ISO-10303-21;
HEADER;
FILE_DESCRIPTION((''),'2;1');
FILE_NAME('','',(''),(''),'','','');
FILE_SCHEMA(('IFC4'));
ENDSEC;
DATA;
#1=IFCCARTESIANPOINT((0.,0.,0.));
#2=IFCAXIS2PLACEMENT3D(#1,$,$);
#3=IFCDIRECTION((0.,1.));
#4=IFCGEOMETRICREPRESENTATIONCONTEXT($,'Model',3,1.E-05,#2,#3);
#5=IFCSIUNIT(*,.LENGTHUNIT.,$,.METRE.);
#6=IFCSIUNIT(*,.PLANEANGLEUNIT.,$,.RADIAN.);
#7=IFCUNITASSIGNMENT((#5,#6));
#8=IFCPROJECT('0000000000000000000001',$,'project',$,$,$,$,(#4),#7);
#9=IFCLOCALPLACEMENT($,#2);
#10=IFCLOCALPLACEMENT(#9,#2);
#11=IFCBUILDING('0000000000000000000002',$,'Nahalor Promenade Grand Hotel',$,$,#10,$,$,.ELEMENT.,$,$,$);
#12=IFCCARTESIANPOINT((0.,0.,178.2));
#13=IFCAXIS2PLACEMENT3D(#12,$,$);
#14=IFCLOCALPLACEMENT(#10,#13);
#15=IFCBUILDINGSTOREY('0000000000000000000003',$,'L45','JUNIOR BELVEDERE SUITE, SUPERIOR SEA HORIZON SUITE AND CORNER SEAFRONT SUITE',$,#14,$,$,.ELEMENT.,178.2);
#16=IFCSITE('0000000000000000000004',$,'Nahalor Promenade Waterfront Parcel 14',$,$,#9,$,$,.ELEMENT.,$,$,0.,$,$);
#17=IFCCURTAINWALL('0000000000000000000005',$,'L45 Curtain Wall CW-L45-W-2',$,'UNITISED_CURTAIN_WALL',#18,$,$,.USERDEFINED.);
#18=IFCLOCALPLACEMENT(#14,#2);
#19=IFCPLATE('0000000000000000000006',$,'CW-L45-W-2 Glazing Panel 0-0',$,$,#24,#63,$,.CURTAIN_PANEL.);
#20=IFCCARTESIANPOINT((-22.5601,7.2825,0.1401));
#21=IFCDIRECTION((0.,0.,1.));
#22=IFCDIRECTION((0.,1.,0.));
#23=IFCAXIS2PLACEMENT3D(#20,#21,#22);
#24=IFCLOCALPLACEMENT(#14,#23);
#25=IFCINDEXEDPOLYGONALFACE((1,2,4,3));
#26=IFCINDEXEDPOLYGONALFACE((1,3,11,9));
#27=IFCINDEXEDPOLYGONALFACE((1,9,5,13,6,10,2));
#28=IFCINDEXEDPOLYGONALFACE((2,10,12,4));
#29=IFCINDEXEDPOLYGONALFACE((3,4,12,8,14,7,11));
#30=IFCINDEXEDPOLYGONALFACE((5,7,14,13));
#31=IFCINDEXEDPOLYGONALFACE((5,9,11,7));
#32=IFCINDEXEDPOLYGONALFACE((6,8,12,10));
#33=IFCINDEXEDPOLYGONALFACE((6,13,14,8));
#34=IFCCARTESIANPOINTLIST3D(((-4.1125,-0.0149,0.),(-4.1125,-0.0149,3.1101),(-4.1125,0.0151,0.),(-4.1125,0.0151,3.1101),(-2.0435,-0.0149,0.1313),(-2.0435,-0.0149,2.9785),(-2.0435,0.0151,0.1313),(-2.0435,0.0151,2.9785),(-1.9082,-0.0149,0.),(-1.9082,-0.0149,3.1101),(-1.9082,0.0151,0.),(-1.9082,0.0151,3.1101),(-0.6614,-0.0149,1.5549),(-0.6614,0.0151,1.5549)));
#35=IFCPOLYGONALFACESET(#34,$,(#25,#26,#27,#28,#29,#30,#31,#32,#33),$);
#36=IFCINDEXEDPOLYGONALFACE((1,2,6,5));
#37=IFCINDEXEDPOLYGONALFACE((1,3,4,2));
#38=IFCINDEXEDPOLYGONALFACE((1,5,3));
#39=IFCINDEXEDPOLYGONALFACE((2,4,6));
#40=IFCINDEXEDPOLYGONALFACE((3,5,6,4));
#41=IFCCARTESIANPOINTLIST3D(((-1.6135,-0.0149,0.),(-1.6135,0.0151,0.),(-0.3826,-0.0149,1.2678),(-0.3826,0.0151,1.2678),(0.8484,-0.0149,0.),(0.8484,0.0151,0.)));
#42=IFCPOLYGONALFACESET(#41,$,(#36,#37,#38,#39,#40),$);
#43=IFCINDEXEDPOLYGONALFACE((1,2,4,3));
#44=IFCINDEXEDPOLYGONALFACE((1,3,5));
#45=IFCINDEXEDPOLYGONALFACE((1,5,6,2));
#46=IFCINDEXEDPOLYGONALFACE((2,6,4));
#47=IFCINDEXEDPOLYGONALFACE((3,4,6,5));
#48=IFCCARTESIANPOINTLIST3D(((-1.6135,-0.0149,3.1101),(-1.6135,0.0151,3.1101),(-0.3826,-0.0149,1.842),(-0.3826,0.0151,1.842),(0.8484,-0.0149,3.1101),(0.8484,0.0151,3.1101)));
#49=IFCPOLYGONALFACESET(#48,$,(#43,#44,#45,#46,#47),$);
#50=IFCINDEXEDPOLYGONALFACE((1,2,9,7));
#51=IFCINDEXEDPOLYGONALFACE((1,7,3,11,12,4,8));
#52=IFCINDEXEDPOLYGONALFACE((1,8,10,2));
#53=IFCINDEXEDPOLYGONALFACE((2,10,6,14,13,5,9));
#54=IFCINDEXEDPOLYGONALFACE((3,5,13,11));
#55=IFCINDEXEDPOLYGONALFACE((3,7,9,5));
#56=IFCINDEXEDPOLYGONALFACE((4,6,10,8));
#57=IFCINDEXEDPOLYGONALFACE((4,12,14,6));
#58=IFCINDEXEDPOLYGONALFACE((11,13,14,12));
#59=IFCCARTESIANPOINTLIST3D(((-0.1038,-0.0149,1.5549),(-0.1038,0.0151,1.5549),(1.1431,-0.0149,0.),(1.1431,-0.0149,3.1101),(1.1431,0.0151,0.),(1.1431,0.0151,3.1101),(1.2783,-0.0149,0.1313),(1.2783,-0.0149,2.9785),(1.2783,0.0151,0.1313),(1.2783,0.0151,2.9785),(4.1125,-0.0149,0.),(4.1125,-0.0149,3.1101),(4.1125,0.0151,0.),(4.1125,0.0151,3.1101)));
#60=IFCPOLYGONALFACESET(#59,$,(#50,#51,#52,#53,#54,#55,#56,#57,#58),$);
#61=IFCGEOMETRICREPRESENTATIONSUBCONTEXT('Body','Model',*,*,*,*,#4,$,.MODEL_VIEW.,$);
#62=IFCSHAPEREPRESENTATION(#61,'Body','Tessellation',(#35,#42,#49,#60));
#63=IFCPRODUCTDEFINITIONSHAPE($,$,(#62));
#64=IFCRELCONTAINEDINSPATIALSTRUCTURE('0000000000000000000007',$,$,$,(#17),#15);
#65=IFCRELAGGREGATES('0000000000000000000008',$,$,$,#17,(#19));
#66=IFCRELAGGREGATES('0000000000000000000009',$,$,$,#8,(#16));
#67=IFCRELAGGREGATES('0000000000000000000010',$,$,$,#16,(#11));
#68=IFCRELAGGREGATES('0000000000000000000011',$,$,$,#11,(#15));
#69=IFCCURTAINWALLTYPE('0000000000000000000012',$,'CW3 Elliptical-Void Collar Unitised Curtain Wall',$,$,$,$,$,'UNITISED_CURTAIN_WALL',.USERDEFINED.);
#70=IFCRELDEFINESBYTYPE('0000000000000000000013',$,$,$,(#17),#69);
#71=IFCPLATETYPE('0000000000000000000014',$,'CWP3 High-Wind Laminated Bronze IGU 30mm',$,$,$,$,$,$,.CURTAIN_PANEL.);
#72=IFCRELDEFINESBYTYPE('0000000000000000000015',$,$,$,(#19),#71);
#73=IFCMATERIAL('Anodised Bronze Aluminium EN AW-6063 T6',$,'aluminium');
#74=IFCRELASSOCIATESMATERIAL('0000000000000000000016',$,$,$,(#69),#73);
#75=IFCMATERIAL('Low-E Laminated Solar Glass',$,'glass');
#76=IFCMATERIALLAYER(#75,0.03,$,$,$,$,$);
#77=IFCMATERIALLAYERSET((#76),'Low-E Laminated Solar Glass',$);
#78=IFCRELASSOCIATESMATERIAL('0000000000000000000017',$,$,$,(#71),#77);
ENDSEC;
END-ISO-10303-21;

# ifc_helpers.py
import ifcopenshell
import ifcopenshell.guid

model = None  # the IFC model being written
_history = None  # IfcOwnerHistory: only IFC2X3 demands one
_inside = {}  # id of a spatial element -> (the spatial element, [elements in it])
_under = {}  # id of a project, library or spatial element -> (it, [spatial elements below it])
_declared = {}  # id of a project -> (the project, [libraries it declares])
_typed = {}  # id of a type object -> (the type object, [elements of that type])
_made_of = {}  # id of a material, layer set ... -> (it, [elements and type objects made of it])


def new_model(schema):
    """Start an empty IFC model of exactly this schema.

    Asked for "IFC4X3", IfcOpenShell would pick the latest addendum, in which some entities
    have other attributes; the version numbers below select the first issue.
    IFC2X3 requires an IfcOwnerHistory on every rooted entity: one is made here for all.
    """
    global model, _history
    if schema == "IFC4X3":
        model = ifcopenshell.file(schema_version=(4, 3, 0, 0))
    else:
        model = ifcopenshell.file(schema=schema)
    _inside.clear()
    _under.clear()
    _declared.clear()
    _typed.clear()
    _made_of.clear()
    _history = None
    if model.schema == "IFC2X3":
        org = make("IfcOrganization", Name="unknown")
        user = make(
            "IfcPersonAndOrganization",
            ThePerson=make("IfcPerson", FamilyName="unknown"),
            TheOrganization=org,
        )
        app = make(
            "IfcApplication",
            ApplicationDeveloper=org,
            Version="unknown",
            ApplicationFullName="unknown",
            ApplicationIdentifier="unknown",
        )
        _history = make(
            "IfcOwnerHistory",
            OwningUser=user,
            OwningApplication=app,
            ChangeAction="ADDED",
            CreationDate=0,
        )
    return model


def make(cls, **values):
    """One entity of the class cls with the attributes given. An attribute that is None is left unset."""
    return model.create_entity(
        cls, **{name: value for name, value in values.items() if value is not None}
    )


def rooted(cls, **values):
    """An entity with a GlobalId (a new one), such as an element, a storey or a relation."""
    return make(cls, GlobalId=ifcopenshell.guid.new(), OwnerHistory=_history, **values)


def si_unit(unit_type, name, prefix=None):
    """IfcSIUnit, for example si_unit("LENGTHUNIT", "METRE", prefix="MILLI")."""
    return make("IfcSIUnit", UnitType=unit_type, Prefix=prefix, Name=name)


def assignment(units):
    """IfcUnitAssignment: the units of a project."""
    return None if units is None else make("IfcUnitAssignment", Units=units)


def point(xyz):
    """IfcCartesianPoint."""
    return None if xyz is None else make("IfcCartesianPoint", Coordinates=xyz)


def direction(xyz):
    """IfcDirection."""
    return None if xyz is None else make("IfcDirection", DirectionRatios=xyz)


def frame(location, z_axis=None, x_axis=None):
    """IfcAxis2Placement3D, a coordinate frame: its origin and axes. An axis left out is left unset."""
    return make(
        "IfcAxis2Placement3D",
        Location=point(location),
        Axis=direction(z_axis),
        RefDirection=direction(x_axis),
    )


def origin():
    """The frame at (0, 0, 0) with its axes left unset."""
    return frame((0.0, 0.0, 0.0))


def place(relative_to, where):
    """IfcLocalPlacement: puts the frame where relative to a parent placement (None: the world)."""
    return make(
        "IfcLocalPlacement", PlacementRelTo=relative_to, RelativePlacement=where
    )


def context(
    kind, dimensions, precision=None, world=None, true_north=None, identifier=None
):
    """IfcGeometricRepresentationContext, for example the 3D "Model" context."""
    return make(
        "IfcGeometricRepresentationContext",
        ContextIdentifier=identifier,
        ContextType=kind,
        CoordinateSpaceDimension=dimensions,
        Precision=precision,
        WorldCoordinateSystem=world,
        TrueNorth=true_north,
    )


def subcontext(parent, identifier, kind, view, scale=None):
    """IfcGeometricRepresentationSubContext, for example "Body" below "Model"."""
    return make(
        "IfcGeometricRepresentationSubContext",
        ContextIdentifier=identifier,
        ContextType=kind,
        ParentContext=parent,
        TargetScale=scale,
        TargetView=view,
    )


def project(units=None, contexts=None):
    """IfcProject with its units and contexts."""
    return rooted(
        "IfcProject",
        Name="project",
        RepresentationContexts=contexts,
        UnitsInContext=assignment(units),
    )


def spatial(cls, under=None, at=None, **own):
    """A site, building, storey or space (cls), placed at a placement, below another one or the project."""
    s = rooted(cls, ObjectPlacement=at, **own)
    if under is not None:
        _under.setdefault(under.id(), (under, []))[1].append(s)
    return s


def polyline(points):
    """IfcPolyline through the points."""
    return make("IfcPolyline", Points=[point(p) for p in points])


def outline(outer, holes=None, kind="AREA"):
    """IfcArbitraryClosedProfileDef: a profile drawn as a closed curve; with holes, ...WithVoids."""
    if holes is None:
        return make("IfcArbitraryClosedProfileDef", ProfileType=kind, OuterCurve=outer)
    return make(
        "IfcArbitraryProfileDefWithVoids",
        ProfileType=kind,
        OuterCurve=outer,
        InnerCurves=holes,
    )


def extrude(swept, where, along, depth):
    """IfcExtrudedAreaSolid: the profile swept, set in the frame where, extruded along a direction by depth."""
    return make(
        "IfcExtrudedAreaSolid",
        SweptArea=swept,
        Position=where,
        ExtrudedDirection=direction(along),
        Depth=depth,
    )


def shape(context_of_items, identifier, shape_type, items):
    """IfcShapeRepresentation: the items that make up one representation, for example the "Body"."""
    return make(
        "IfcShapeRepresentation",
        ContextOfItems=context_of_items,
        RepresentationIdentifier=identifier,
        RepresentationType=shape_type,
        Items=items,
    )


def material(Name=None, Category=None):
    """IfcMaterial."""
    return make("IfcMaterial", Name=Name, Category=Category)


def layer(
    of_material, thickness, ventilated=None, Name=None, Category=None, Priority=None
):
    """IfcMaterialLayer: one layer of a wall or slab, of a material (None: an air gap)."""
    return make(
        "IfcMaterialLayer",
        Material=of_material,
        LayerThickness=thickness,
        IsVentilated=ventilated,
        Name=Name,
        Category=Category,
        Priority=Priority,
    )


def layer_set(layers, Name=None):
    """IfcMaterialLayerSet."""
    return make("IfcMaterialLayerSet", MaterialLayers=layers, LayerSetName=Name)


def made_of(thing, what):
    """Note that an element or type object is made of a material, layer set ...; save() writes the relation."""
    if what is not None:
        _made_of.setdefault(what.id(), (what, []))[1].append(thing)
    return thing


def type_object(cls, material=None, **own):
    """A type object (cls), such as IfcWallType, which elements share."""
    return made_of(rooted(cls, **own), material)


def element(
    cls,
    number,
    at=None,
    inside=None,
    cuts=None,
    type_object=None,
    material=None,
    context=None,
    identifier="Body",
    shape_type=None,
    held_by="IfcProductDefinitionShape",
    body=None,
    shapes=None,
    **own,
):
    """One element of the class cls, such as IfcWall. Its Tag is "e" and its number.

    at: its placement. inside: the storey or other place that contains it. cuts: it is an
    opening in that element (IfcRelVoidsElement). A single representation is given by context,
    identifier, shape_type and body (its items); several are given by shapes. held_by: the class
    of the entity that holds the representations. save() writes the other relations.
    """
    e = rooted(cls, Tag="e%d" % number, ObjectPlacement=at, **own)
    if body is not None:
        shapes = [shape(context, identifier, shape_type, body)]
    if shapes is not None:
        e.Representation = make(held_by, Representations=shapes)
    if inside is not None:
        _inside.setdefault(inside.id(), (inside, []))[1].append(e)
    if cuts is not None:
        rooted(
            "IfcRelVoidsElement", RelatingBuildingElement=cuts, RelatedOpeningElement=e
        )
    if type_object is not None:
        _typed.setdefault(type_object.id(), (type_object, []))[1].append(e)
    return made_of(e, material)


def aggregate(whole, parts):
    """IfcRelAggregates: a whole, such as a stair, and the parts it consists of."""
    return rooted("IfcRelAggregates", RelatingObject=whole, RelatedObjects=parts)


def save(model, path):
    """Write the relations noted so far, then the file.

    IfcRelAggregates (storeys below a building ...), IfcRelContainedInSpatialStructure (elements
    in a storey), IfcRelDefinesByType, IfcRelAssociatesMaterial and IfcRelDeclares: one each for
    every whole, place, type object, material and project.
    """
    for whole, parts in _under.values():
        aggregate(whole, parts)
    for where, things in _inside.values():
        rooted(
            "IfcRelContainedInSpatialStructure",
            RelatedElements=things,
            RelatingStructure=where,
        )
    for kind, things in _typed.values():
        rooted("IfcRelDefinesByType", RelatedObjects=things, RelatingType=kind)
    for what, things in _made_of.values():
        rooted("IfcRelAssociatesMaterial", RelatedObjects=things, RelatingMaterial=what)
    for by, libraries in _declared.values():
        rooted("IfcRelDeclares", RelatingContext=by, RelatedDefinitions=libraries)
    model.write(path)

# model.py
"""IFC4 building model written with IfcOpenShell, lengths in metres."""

from ifc_helpers import new_model, si_unit, direction, frame, origin, place, context, subcontext, project, spatial, polyline, outline, extrude, material, layer, layer_set, type_object, element, aggregate, save


model = new_model("IFC4")

# Units and contexts
model_context = context("Model", 3, precision=1e-05, world=origin(), true_north=direction((0.0, 1.0)))
body_context = subcontext(model_context, "Body", "Model", "MODEL_VIEW")
ifc_project = project(units=[si_unit("LENGTHUNIT", "METRE"), si_unit("PLANEANGLEUNIT", "RADIAN")], contexts=[model_context])

# Site, building, storey
site_placement = place(None, origin())
site = spatial("IfcSite", under=ifc_project, at=site_placement, Name="Nahalor Promenade Waterfront Parcel 14", CompositionType="ELEMENT", RefElevation=0.0)
building_placement = place(site_placement, origin())
building = spatial("IfcBuilding", under=site, at=building_placement, Name="Nahalor Promenade Grand Hotel", CompositionType="ELEMENT")
storey_placement = place(building_placement, frame((0.0, 0.0, 178.2)))
storey = spatial("IfcBuildingStorey", under=building, at=storey_placement, Name="L45", Description="JUNIOR BELVEDERE SUITE, SUPERIOR SEA HORIZON SUITE AND CORNER SEAFRONT SUITE", CompositionType="ELEMENT", Elevation=178.2)

# Curtain wall
ifc_material_1 = material(Name="Anodised Bronze Aluminium EN AW-6063 T6", Category="aluminium")
curtain_wall_type = type_object("IfcCurtainWallType", Name="CW3 Elliptical-Void Collar Unitised Curtain Wall", ElementType="UNITISED_CURTAIN_WALL", PredefinedType="USERDEFINED", material=ifc_material_1)
curtain_wall_1_placement = place(storey_placement, origin())
curtain_wall_1 = element("IfcCurtainWall", 1, at=curtain_wall_1_placement, inside=storey, type_object=curtain_wall_type, Name="L45 Curtain Wall CW-L45-W-2", ObjectType="UNITISED_CURTAIN_WALL", PredefinedType="USERDEFINED")

# Plate
ifc_material_2 = material(Name="Low-E Laminated Solar Glass", Category="glass")
ifc_layer_1 = layer(ifc_material_2, 0.03)
ifc_layer_set_1 = layer_set([ifc_layer_1], Name="Low-E Laminated Solar Glass")
plate_type_1 = type_object("IfcPlateType", Name="CWP3 High-Wind Laminated Bronze IGU 30mm", PredefinedType="CURTAIN_PANEL", material=ifc_layer_set_1)
plate_1_placement = place(storey_placement, frame((-22.5601, 7.2825, 0.1401), z_axis=(0.0, 0.0, 1.0), x_axis=(0.0, 1.0, 0.0)))
plate_1 = element("IfcPlate", 2, at=plate_1_placement, type_object=plate_type_1, Name="CW-L45-W-2 Glazing Panel 0-0", PredefinedType="CURTAIN_PANEL", context=body_context, shape_type="SweptSolid", body=[
    extrude(outline(polyline([(-4.1125, 3.1101), (-4.1125, 0.0), (-1.9082, 0.0), (-2.0435, 0.1313), (-0.6614, 1.5549), (-2.0435, 2.9785), (-1.9082, 3.1101), (-4.1125, 3.1101)])), frame((0.0, 0.0151, 0.0), z_axis=(0.0, -1.0, 0.0), x_axis=(1.0, 0.0, 0.0)), (0.0, 0.0, 1.0), 0.03),
    extrude(outline(polyline([(-0.3826, 1.2678), (-1.6135, 0.0), (0.8484, 0.0), (-0.3826, 1.2678)])), frame((0.0, 0.0151, 0.0), z_axis=(0.0, -1.0, 0.0), x_axis=(1.0, 0.0, 0.0)), (0.0, 0.0, 1.0), 0.03),
    extrude(outline(polyline([(-0.3826, 1.842), (0.8484, 3.1101), (-1.6135, 3.1101), (-0.3826, 1.842)])), frame((0.0, 0.0151, 0.0), z_axis=(0.0, -1.0, 0.0), x_axis=(1.0, 0.0, 0.0)), (0.0, 0.0, 1.0), 0.03),
    extrude(outline(polyline([(4.1125, 0.0), (4.1125, 3.1101), (1.1431, 3.1101), (1.2783, 2.9785), (-0.1038, 1.5549), (1.2783, 0.1313), (1.1431, 0.0), (4.1125, 0.0)])), frame((0.0, 0.0151, 0.0), z_axis=(0.0, -1.0, 0.0), x_axis=(1.0, 0.0, 0.0)), (0.0, 0.0, 1.0), 0.03),
])
aggregate(curtain_wall_1, [plate_1])

save(model, "model.ifc")
